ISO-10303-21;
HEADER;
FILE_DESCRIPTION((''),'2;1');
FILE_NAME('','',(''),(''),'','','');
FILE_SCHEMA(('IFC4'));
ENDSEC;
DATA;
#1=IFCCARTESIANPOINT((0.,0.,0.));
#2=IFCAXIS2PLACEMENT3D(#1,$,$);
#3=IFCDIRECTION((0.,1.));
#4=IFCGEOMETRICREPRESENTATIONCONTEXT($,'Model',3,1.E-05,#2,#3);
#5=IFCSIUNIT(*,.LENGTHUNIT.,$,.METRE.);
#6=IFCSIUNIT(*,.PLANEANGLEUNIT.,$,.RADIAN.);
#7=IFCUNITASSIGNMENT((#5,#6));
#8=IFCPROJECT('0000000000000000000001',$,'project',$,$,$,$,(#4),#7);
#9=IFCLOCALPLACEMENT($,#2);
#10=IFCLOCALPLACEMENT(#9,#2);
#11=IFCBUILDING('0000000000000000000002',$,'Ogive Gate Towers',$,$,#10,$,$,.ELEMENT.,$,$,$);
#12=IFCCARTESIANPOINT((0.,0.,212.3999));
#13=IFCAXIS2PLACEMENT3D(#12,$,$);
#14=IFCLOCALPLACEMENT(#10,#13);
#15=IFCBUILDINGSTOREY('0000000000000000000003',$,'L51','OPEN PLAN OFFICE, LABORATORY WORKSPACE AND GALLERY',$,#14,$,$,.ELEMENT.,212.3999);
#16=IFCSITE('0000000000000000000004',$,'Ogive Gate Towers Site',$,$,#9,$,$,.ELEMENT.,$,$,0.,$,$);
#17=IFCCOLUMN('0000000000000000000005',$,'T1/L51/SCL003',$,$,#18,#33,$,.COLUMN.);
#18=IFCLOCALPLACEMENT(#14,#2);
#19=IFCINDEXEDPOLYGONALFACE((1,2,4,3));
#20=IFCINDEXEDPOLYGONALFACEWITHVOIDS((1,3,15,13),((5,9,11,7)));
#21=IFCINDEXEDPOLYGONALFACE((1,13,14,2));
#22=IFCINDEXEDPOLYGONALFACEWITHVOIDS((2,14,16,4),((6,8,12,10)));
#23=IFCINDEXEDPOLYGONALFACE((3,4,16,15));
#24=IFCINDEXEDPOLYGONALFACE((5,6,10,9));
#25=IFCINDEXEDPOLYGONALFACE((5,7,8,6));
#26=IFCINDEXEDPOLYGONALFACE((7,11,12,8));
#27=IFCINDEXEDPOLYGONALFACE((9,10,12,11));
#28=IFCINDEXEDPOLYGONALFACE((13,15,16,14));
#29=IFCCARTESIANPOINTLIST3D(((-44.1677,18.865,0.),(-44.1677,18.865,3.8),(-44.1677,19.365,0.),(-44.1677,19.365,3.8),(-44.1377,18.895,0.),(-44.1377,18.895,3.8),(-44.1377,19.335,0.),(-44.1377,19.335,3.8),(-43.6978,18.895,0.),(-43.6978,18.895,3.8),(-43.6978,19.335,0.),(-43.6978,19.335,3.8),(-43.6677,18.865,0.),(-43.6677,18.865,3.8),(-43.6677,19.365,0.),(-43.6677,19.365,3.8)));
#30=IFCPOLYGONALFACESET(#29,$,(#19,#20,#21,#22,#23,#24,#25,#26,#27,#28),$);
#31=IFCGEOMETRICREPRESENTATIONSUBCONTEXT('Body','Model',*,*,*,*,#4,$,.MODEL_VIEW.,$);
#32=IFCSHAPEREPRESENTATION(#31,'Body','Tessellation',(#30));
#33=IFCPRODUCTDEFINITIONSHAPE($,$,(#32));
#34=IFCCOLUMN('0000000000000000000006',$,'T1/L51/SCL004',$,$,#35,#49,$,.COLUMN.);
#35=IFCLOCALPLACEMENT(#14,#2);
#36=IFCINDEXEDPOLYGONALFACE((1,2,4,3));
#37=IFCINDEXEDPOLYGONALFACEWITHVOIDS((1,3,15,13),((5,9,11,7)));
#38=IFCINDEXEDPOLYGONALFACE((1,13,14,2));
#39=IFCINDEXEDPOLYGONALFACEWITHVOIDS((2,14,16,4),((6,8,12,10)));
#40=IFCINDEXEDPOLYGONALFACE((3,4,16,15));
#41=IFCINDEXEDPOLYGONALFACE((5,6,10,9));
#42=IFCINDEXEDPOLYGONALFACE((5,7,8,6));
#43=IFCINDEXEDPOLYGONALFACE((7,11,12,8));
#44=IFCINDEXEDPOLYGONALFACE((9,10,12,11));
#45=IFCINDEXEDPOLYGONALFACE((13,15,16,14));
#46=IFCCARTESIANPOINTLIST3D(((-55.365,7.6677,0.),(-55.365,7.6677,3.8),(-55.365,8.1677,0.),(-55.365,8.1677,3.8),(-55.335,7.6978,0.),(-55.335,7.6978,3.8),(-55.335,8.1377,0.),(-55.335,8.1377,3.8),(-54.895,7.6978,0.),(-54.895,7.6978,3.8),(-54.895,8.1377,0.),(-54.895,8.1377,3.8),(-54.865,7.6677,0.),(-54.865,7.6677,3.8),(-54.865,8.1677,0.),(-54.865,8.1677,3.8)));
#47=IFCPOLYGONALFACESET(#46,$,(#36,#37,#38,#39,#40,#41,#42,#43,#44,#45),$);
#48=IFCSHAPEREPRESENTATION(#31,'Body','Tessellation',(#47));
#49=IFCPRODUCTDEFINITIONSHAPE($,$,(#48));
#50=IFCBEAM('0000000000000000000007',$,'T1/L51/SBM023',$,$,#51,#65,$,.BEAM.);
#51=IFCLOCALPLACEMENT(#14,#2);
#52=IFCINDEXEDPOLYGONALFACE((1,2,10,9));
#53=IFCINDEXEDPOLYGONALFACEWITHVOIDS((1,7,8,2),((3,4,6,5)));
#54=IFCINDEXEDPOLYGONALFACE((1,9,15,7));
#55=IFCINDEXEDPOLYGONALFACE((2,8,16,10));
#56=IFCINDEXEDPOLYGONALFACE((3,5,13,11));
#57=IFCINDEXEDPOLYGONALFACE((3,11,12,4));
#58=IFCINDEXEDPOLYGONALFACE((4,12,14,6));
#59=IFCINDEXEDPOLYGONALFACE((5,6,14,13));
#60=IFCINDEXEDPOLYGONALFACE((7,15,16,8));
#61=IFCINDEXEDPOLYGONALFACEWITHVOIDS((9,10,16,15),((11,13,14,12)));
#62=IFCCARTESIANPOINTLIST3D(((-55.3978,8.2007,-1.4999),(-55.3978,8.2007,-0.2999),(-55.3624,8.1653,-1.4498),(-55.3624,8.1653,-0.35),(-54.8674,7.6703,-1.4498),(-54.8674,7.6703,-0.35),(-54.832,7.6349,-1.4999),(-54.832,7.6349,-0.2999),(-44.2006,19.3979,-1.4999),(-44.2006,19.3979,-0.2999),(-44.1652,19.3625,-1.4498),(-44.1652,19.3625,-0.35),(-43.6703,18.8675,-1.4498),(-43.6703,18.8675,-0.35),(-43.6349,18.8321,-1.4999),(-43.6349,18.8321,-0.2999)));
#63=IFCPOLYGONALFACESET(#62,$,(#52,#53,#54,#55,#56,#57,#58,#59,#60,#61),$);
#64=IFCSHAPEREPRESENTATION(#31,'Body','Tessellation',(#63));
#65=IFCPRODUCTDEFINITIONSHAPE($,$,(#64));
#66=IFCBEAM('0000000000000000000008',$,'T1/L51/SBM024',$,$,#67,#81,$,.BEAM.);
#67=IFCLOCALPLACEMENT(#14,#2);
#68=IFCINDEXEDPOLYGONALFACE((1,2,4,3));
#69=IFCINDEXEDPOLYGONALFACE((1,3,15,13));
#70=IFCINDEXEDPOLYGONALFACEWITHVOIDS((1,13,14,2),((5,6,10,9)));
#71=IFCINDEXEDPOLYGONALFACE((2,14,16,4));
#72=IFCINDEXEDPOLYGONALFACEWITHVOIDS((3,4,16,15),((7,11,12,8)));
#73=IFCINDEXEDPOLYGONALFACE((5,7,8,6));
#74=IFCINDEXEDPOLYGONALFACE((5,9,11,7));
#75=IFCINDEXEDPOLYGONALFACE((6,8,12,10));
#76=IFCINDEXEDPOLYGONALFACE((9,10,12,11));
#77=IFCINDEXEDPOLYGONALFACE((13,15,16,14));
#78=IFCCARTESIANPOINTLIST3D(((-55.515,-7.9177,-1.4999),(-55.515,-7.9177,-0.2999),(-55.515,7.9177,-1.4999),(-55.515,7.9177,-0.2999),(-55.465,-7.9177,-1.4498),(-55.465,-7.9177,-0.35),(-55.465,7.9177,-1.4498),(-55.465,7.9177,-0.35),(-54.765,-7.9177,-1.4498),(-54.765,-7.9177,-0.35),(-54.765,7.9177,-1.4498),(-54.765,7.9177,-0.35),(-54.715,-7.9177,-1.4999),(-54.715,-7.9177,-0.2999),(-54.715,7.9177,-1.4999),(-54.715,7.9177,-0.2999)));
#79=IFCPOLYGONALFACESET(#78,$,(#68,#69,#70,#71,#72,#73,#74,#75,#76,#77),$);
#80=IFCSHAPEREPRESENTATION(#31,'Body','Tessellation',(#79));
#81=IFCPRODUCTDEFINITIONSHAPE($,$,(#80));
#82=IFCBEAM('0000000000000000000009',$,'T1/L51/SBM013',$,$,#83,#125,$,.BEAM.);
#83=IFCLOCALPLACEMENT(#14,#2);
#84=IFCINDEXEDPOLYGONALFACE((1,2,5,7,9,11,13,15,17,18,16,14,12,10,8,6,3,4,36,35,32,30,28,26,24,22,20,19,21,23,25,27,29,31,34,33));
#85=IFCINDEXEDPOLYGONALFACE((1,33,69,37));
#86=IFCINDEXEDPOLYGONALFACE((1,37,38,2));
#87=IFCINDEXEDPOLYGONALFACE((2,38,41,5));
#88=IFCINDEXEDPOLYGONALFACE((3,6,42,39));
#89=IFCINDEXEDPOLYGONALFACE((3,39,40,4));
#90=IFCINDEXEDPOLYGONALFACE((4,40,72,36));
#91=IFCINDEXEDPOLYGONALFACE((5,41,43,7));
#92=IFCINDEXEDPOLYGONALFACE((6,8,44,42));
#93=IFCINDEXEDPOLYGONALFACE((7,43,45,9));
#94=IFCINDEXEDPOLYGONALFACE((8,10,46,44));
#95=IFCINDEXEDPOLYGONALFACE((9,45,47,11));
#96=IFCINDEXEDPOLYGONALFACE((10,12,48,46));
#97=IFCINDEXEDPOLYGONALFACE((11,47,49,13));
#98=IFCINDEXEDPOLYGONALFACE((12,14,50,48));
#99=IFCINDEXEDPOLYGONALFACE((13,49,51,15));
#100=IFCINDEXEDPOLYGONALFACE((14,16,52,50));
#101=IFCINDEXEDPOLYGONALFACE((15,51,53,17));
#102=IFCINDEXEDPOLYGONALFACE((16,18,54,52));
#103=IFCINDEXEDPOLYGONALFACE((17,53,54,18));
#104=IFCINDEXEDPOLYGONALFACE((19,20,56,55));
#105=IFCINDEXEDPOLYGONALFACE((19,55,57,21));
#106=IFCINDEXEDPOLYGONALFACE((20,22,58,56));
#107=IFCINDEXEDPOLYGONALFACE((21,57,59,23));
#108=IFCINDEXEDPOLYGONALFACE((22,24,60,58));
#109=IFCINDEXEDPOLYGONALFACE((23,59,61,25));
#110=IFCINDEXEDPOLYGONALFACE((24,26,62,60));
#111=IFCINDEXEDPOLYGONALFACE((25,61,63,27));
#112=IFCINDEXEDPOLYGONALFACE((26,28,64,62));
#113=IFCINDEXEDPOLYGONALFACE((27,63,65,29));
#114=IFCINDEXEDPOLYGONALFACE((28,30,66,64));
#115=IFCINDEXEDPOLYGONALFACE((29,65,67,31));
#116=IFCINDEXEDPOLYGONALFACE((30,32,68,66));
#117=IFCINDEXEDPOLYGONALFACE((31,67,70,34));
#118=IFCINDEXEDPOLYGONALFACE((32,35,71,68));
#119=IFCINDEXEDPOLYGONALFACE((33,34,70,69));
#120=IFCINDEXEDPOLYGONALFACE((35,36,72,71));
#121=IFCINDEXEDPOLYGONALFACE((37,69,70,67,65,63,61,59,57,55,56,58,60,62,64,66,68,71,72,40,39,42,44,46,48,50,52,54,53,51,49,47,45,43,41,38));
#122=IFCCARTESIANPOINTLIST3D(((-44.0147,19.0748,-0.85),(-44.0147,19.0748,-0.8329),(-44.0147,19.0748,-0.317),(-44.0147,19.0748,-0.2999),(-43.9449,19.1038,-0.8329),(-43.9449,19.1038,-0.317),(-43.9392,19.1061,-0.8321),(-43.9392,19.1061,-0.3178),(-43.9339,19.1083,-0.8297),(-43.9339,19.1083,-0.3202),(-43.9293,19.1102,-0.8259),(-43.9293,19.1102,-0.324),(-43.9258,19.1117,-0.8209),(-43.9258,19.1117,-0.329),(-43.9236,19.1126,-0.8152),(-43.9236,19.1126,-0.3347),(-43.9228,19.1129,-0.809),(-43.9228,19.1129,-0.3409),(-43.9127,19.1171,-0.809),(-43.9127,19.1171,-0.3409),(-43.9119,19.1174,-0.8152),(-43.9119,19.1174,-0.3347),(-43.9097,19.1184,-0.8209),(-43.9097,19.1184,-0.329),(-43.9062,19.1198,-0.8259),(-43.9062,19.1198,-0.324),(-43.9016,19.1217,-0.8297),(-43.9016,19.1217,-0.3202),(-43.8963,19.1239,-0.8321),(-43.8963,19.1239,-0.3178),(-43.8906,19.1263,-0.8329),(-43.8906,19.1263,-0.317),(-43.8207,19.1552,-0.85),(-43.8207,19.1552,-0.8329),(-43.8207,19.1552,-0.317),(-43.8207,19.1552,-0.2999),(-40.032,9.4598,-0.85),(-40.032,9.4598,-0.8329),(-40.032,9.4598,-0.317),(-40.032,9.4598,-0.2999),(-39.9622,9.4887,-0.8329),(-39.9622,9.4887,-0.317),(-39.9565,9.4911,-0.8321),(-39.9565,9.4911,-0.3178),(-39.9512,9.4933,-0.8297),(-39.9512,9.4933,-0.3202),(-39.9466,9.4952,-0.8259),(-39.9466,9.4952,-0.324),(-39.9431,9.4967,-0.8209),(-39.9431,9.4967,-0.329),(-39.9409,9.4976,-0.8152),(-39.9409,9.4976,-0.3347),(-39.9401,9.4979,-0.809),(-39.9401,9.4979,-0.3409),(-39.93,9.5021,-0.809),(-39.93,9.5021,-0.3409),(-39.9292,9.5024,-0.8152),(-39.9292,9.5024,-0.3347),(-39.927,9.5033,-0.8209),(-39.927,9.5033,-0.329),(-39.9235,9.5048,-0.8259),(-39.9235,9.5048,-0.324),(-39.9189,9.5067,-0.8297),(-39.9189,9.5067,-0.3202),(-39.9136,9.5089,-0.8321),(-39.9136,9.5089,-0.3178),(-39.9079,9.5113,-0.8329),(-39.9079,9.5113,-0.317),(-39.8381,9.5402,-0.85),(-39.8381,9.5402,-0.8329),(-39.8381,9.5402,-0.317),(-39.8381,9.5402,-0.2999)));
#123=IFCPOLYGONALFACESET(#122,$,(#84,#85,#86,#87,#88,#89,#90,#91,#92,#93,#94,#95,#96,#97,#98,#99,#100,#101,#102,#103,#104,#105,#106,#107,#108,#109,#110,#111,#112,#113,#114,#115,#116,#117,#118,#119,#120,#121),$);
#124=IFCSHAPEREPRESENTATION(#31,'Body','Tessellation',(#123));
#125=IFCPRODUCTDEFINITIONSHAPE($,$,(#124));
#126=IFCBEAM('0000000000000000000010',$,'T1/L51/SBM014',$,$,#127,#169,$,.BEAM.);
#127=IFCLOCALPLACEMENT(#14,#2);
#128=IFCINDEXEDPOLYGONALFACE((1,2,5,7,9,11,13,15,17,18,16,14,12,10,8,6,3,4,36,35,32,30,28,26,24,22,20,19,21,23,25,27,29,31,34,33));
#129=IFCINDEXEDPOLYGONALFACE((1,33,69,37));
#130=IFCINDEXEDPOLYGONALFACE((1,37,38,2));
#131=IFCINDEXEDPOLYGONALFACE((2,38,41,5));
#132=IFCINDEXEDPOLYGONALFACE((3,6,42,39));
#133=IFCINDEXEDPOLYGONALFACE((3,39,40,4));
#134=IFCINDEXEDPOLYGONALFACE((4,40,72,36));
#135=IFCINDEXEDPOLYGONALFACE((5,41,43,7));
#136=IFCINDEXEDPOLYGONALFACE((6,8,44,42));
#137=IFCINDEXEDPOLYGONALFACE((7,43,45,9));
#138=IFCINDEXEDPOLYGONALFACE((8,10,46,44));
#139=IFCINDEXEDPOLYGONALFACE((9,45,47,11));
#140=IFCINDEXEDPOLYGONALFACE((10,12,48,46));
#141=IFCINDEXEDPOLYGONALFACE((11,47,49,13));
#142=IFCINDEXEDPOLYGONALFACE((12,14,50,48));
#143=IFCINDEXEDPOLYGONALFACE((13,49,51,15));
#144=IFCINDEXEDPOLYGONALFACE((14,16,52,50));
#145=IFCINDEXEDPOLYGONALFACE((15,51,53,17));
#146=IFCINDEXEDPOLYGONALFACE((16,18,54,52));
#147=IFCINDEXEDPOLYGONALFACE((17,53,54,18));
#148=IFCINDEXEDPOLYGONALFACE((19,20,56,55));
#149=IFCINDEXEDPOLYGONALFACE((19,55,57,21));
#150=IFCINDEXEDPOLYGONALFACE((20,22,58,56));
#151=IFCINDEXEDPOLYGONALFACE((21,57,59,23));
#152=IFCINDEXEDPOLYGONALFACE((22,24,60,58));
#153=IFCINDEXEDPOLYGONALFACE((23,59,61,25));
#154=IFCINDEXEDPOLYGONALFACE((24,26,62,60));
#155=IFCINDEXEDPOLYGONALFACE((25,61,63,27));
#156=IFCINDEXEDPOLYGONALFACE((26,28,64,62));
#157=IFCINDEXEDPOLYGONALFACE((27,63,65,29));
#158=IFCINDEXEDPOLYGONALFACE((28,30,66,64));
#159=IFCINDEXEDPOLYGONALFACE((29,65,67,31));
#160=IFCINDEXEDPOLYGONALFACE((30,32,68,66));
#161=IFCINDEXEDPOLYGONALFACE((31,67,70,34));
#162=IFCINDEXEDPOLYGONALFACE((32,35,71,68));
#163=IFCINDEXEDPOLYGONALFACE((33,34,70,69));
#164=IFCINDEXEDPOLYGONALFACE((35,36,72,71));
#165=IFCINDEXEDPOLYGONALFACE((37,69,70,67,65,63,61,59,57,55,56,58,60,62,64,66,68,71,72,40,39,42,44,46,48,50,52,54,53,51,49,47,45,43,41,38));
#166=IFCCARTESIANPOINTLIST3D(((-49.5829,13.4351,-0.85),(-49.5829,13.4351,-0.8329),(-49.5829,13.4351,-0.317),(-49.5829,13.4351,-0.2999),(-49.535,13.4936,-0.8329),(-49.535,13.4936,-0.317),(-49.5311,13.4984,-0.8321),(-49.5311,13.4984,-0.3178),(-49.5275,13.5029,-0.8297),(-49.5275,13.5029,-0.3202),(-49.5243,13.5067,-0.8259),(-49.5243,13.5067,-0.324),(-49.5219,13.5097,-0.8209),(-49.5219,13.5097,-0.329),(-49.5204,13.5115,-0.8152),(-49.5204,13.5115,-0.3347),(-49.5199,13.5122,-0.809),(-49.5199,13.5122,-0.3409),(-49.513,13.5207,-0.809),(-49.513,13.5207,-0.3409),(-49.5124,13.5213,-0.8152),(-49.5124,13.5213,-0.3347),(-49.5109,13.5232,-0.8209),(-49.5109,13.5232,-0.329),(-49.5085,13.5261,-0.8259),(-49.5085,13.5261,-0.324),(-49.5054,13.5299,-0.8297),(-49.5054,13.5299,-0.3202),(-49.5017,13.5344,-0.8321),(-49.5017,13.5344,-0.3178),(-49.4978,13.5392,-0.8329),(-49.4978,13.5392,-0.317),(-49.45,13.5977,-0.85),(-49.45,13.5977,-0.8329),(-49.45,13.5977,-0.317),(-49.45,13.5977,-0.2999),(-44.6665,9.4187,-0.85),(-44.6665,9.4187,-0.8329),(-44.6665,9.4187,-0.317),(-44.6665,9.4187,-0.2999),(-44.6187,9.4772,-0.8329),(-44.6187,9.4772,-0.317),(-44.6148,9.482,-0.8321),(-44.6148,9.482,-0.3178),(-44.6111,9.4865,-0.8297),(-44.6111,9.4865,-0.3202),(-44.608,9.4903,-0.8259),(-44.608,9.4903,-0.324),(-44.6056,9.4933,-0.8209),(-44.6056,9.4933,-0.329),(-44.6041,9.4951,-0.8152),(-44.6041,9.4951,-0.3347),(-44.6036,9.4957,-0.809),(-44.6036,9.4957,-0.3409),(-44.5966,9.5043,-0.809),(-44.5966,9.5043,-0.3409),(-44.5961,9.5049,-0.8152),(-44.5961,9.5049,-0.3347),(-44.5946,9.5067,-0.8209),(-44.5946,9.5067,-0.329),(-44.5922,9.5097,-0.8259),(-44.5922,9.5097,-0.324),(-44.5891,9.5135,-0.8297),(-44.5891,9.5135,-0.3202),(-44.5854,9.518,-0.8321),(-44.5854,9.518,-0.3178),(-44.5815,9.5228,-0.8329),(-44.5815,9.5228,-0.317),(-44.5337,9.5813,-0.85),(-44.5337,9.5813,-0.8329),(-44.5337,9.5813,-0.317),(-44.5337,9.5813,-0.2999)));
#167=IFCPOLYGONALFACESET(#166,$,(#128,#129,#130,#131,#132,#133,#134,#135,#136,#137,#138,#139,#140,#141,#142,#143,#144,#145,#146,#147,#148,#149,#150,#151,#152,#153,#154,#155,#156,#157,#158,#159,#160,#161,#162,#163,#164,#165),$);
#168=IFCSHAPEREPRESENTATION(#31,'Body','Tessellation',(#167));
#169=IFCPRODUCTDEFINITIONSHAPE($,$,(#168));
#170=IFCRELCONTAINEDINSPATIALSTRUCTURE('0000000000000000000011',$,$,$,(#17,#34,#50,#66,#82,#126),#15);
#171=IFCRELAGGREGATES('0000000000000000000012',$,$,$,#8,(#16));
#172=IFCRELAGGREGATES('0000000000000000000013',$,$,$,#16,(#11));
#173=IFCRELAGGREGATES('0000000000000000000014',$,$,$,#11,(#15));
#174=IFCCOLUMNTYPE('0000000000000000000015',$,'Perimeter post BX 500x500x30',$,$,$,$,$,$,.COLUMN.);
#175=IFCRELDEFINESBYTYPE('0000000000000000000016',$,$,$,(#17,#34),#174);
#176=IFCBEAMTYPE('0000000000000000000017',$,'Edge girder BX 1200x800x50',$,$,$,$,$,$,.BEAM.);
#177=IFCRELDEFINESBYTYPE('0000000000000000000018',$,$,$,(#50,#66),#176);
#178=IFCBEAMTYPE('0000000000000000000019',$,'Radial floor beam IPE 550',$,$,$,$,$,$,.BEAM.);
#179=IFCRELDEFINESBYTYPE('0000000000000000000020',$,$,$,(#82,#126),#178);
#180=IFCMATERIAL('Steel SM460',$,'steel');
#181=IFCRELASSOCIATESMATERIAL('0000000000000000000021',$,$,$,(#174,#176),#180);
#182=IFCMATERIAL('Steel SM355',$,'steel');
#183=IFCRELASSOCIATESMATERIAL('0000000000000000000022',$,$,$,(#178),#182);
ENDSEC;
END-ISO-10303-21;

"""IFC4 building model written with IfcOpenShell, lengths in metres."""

from ifc_helpers import new_model, si_unit, direction, frame, origin, origin_2d, place, context, subcontext, project, spatial, hollow_rectangle, i_section, extrude, material, material_profile, profile_set, type_object, element, save


model = new_model("IFC4")

# Units and contexts
model_context = context("Model", 3, precision=1e-05, world=origin(), true_north=direction((0.0, 1.0)))
body_context = subcontext(model_context, "Body", "Model", "MODEL_VIEW")
ifc_project = project(units=[si_unit("LENGTHUNIT", "METRE"), si_unit("PLANEANGLEUNIT", "RADIAN")], contexts=[model_context])

# Site, building, storey
site_placement = place(None, origin())
site = spatial("IfcSite", under=ifc_project, at=site_placement, Name="Ogive Gate Towers Site", CompositionType="ELEMENT", RefElevation=0.0)
building_placement = place(site_placement, origin())
building = spatial("IfcBuilding", under=site, at=building_placement, Name="Ogive Gate Towers", CompositionType="ELEMENT")
storey_placement = place(building_placement, frame((0.0, 0.0, 212.3999)))
storey = spatial("IfcBuildingStorey", under=building, at=storey_placement, Name="L51", Description="OPEN PLAN OFFICE, LABORATORY WORKSPACE AND GALLERY", CompositionType="ELEMENT", Elevation=212.3999)

# Columns
ifc_material_1 = material(Name="Steel SM460", Category="steel")
ifc_material_profile_1 = material_profile(ifc_material_1, hollow_rectangle(XDim=0.5, YDim=0.5, WallThickness=0.03, at=origin_2d()), Name="BX 500x500x30")
ifc_profile_set_1 = profile_set([ifc_material_profile_1], Name="Steel SM460")
column_type = type_object("IfcColumnType", Name="Perimeter post BX 500x500x30", PredefinedType="COLUMN", material=ifc_profile_set_1)
for number, where, z_axis, x_axis, name in (
    (1, (-43.9177, 19.115, 0.0), (0.0, 0.0, 1.0), (1.0, 0.0, 0.0), "T1/L51/SCL003"),
    (2, (-55.115, 7.9177, 0.0), (0.0, 0.0, 1.0), (1.0, 0.0, 0.0), "T1/L51/SCL004"),
):
    element("IfcColumn", number, at=place(storey_placement, frame(where, z_axis=z_axis, x_axis=x_axis)), inside=storey, type_object=column_type, Name=name, PredefinedType="COLUMN", context=body_context, shape_type="SweptSolid", body=[
        extrude(hollow_rectangle(XDim=0.5, YDim=0.5, WallThickness=0.03, at=origin_2d()), origin(), (0.0, 0.0, 1.0), 3.8),
    ])

# Beams
ifc_material_profile_2 = material_profile(ifc_material_1, hollow_rectangle(XDim=0.8, YDim=1.2, WallThickness=0.05, at=origin_2d()), Name="BX 1200x800x50")
ifc_profile_set_2 = profile_set([ifc_material_profile_2], Name="Steel SM460")
beam_type_1 = type_object("IfcBeamType", Name="Edge girder BX 1200x800x50", PredefinedType="BEAM", material=ifc_profile_set_2)
beam_1_placement = place(storey_placement, frame((-43.9177, 19.115, -0.8999), z_axis=(-0.707107, -0.707107, 0.0), x_axis=(0.707107, -0.707107, 0.0)))
element("IfcBeam", 3, at=beam_1_placement, inside=storey, type_object=beam_type_1, Name="T1/L51/SBM023", PredefinedType="BEAM", context=body_context, shape_type="SweptSolid", body=[
    extrude(hollow_rectangle(XDim=0.8, YDim=1.2, WallThickness=0.05, at=origin_2d()), origin(), (0.0, 0.0, 1.0), 15.8352),
])
beam_2_placement = place(storey_placement, frame((-55.115, 7.9177, -0.8999), z_axis=(0.0, -1.0, 0.0), x_axis=(1.0, 0.0, 0.0)))
element("IfcBeam", 4, at=beam_2_placement, inside=storey, type_object=beam_type_1, Name="T1/L51/SBM024", PredefinedType="BEAM", context=body_context, shape_type="SweptSolid", body=[
    extrude(hollow_rectangle(XDim=0.8, YDim=1.2, WallThickness=0.05, at=origin_2d()), origin(), (0.0, 0.0, 1.0), 15.8354),
])
ifc_material_2 = material(Name="Steel SM355", Category="steel")
ifc_material_profile_3 = material_profile(ifc_material_2, i_section(OverallWidth=0.21, OverallDepth=0.55, WebThickness=0.011, FlangeThickness=0.0171, FilletRadius=0.0239, at=origin_2d()), Name="IPE 550")
ifc_profile_set_3 = profile_set([ifc_material_profile_3], Name="Steel SM355")
beam_type_2 = type_object("IfcBeamType", Name="Radial floor beam IPE 550", PredefinedType="BEAM", material=ifc_profile_set_3)
beam_3_placement = place(storey_placement, frame((-39.9351, 9.5, -0.575), z_axis=(-0.382684, 0.923879, 0.0), x_axis=(-0.923879, -0.382684, 0.0)))
element("IfcBeam", 5, at=beam_3_placement, inside=storey, type_object=beam_type_2, Name="T1/L51/SBM013", PredefinedType="BEAM", context=body_context, shape_type="SweptSolid", body=[
    extrude(i_section(OverallWidth=0.21, OverallDepth=0.55, WebThickness=0.011, FlangeThickness=0.0171, FilletRadius=0.0239, at=origin_2d()), origin(), (0.0, 0.0, 1.0), 10.4072),
])
beam_4_placement = place(storey_placement, frame((-44.6001, 9.5, -0.575), z_axis=(-0.774423, 0.632668, 0.0), x_axis=(-0.632668, -0.774423, 0.0)))
element("IfcBeam", 6, at=beam_4_placement, inside=storey, type_object=beam_type_2, Name="T1/L51/SBM014", PredefinedType="BEAM", context=body_context, shape_type="SweptSolid", body=[
    extrude(i_section(OverallWidth=0.21, OverallDepth=0.55, WebThickness=0.011, FlangeThickness=0.0171, FilletRadius=0.0239, at=origin_2d()), origin(), (0.0, 0.0, 1.0), 6.3484),
])

save(model, "model.ifc")
